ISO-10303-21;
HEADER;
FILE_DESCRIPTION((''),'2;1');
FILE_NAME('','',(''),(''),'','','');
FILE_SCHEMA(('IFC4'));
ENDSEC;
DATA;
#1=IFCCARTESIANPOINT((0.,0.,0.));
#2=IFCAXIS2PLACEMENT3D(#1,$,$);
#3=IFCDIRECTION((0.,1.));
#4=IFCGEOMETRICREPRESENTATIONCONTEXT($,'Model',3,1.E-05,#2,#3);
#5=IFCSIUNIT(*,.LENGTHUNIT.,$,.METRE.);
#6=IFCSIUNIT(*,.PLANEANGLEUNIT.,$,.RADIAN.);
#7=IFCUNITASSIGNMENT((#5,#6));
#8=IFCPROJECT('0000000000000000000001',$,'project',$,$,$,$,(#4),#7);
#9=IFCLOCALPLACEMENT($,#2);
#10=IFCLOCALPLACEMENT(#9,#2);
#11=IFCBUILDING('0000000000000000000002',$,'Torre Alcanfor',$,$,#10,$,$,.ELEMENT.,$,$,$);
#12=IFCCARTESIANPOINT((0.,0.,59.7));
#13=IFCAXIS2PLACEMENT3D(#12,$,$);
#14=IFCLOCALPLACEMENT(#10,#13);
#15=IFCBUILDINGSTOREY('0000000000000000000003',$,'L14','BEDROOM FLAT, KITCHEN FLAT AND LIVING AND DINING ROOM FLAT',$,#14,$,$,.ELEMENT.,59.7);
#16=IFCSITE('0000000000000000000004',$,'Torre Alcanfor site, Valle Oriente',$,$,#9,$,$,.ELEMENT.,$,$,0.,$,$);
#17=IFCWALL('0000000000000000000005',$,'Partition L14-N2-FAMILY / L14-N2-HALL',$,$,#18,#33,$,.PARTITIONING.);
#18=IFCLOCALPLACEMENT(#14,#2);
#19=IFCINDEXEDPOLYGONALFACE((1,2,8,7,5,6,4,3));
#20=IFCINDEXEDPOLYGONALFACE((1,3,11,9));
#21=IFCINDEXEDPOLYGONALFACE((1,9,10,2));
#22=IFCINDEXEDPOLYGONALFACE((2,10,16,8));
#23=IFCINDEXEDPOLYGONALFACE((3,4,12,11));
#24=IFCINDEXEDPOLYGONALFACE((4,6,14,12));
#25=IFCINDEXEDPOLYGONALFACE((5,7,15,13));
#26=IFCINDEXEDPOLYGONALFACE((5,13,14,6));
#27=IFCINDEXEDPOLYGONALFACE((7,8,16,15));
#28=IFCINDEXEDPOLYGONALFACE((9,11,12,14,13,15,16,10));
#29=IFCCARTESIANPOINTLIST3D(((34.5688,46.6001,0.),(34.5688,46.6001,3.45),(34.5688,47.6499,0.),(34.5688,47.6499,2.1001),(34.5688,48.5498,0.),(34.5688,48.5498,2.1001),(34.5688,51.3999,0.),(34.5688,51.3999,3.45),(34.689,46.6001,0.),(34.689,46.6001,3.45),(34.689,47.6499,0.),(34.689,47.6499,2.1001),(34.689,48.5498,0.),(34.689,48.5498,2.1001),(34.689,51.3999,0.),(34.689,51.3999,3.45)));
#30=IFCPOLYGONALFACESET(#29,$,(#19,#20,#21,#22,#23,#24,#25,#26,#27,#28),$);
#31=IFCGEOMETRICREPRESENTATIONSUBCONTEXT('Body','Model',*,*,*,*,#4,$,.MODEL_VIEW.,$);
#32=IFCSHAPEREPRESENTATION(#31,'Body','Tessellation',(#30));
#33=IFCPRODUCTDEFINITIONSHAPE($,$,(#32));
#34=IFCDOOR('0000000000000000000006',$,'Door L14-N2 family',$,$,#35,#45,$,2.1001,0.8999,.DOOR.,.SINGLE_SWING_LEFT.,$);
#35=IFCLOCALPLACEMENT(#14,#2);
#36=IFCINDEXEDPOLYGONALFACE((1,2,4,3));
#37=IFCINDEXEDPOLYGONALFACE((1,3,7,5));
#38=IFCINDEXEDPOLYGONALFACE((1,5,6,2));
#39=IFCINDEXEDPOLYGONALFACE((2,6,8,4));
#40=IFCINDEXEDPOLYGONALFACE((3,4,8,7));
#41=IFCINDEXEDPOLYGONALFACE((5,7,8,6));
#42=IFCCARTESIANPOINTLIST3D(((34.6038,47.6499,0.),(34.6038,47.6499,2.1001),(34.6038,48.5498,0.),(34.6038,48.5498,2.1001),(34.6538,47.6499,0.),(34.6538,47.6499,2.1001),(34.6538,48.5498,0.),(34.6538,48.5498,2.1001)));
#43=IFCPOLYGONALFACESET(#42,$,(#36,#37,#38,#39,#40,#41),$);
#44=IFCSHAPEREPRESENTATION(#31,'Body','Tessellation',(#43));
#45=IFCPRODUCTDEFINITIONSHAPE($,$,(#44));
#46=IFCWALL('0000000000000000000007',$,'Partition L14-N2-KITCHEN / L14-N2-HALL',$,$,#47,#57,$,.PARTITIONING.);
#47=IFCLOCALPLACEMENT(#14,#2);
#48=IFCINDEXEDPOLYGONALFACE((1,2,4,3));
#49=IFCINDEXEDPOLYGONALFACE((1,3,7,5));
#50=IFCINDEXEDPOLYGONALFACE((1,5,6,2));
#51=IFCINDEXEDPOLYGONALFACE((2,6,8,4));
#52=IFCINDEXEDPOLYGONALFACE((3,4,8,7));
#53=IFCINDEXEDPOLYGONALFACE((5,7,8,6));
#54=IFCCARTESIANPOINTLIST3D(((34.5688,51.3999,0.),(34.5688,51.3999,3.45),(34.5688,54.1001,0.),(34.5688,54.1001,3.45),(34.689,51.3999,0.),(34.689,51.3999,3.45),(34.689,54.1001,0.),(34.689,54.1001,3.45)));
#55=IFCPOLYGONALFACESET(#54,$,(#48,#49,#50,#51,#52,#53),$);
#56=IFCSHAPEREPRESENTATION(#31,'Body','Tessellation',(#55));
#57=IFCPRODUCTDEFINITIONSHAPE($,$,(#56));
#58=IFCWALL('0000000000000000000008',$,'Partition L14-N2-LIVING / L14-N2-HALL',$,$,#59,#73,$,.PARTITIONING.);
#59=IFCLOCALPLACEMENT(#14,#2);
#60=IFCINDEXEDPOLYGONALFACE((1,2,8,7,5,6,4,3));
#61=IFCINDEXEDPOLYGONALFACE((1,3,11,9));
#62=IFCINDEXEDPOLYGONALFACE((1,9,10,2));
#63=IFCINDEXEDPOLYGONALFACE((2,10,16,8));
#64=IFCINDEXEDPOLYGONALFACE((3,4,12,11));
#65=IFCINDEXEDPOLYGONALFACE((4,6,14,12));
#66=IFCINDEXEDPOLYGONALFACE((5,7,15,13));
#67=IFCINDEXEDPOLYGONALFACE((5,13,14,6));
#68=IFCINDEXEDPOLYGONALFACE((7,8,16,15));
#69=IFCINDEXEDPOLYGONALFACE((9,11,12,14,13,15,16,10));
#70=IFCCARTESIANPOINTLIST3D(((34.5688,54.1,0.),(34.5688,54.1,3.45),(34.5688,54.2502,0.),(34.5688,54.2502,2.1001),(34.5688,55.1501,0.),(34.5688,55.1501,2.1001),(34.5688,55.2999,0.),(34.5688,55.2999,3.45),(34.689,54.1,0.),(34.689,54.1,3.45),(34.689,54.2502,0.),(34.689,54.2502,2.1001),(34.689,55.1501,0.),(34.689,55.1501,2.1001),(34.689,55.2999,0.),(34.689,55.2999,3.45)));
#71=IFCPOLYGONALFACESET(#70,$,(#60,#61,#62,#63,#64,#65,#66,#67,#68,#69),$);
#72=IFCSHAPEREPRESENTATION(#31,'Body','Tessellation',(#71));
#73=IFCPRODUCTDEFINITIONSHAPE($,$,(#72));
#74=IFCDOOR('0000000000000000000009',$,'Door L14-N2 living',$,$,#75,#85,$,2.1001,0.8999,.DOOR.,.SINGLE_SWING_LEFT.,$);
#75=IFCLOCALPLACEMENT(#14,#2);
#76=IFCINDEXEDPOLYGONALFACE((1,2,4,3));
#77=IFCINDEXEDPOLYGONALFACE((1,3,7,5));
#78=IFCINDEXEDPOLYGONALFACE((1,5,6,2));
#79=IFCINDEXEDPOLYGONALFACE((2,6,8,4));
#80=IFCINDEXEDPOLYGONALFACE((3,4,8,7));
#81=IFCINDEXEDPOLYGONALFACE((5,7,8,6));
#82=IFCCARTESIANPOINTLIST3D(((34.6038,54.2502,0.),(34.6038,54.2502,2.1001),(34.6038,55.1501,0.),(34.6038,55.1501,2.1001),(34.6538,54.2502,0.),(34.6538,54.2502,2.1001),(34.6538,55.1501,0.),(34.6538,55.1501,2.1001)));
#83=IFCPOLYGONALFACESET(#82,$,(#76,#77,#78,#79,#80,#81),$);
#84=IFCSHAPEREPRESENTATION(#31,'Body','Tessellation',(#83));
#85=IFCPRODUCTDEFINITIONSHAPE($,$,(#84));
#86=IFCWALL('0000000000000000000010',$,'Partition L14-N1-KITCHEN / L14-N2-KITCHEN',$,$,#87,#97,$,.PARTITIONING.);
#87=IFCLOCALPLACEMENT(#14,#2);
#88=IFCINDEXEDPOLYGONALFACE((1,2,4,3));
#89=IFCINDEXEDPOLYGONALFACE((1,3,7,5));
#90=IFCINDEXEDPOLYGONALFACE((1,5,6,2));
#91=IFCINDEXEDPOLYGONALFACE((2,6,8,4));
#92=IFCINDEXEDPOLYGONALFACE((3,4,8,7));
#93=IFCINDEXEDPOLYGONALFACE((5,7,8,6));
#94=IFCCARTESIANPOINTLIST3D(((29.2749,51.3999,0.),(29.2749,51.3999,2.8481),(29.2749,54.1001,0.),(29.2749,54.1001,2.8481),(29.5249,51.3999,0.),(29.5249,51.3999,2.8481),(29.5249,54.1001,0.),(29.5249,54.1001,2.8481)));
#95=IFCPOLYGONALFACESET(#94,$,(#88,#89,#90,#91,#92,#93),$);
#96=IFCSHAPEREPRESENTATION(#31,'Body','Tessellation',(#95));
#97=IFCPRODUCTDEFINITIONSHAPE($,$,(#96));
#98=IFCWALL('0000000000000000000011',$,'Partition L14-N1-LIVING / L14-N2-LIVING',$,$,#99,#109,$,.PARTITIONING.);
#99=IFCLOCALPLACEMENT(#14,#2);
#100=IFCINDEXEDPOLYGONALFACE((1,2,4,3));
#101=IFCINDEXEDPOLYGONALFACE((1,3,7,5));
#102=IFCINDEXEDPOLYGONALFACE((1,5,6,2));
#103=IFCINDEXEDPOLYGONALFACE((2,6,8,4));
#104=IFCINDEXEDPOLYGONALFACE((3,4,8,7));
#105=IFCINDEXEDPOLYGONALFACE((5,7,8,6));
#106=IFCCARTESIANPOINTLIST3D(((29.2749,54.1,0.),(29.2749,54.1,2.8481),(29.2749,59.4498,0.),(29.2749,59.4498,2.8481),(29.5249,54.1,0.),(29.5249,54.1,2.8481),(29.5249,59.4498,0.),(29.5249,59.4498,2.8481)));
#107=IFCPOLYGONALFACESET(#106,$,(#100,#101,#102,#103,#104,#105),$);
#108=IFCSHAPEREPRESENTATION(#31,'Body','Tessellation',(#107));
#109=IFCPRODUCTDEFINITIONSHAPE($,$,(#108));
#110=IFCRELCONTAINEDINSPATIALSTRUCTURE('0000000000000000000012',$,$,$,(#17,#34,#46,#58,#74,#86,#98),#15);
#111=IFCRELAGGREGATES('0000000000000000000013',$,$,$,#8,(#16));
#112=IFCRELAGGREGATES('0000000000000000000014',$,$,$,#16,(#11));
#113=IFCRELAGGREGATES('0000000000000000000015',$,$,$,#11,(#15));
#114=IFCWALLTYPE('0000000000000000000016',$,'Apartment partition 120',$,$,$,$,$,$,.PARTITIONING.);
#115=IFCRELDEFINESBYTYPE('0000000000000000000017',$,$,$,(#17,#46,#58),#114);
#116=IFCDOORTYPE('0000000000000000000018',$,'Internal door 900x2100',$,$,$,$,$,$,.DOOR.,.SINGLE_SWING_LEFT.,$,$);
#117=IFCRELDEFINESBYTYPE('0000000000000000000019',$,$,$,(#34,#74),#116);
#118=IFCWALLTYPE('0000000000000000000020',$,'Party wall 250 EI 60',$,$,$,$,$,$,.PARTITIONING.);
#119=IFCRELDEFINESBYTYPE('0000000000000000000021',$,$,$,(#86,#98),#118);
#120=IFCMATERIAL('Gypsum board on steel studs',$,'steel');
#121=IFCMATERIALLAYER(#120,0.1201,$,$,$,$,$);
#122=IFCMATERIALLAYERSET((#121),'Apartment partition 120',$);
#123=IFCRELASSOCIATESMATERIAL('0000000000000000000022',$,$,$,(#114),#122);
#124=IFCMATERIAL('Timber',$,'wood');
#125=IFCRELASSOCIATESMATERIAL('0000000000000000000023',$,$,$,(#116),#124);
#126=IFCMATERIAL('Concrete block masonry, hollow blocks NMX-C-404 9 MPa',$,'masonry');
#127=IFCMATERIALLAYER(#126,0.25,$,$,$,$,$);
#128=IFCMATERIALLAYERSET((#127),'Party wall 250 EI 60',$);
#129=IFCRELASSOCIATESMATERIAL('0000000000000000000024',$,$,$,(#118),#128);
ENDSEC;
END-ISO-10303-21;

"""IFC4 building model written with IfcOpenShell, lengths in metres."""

from ifc_helpers import new_model, si_unit, direction, frame, frame_2d, origin, place, context, subcontext, project, spatial, rectangle, extrude, material, layer, layer_set, type_object, element, fill, save


model = new_model("IFC4")

# Units and contexts
model_context = context("Model", 3, precision=1e-05, world=origin(), true_north=direction((0.0, 1.0)))
body_context = subcontext(model_context, "Body", "Model", "MODEL_VIEW")
ifc_project = project(units=[si_unit("LENGTHUNIT", "METRE"), si_unit("PLANEANGLEUNIT", "RADIAN")], contexts=[model_context])

# Site, building, storey
site_placement = place(None, origin())
site = spatial("IfcSite", under=ifc_project, at=site_placement, Name="Torre Alcanfor site, Valle Oriente", CompositionType="ELEMENT", RefElevation=0.0)
building_placement = place(site_placement, origin())
building = spatial("IfcBuilding", under=site, at=building_placement, Name="Torre Alcanfor", CompositionType="ELEMENT")
storey_placement = place(building_placement, frame((0.0, 0.0, 59.7)))
storey = spatial("IfcBuildingStorey", under=building, at=storey_placement, Name="L14", Description="BEDROOM FLAT, KITCHEN FLAT AND LIVING AND DINING ROOM FLAT", CompositionType="ELEMENT", Elevation=59.7)

# Shared definitions
ifc_material_1 = material(Name="Gypsum board on steel studs", Category="steel")
ifc_layer_1 = layer(ifc_material_1, 0.1201)
ifc_layer_set_1 = layer_set([ifc_layer_1], Name="Apartment partition 120")
wall_type_1 = type_object("IfcWallType", Name="Apartment partition 120", PredefinedType="PARTITIONING", material=ifc_layer_set_1)

# Wall, opening, door
wall_1_placement = place(storey_placement, frame((34.6289, 51.3999, 0.0), z_axis=(0.0, 0.0, 1.0), x_axis=(0.0, -1.0, 0.0)))
wall_1 = element("IfcWall", 1, at=wall_1_placement, inside=storey, type_object=wall_type_1, Name="Partition L14-N2-FAMILY / L14-N2-HALL", PredefinedType="PARTITIONING", context=body_context, shape_type="SweptSolid", body=[
    extrude(rectangle(XDim=4.7998, YDim=0.1201, at=frame_2d((2.3999, 0.0))), origin(), (0.0, 0.0, 1.0), 3.45),
])
opening_1_placement = place(wall_1_placement, frame((2.8501, 0.0, 0.0)))
opening_1 = element("IfcOpeningElement", 2, at=opening_1_placement, cuts=wall_1, PredefinedType="OPENING", context=body_context, shape_type="SweptSolid", body=[
    extrude(rectangle(XDim=0.8999, YDim=2.1001, at=frame_2d((0.45, 1.05))), frame((0.0, 0.0701, 0.0), z_axis=(0.0, -1.0, 0.0), x_axis=(1.0, 0.0, 0.0)), (0.0, 0.0, 1.0), 0.1401),
])
ifc_material_2 = material(Name="Timber", Category="wood")
door_type = type_object("IfcDoorType", Name="Internal door 900x2100", OperationType="SINGLE_SWING_LEFT", PredefinedType="DOOR", material=ifc_material_2)
door_1_placement = place(opening_1_placement, frame((0.8999, 0.0, 0.0), z_axis=(0.0, 0.0, 1.0), x_axis=(-1.0, 0.0, 0.0)))
door_1 = element("IfcDoor", 3, at=door_1_placement, inside=storey, type_object=door_type, Name="Door L14-N2 family", OperationType="SINGLE_SWING_LEFT", OverallHeight=2.1001, OverallWidth=0.8999, PredefinedType="DOOR", context=body_context, shape_type="SweptSolid", body=[
    extrude(rectangle(XDim=0.8999, YDim=2.1001, at=frame_2d((0.45, 1.05))), frame((0.0, 0.0251, 0.0), z_axis=(0.0, -1.0, 0.0), x_axis=(1.0, 0.0, 0.0)), (0.0, 0.0, 1.0), 0.05),
])
fill(opening_1, door_1)

# Wall
wall_2_placement = place(storey_placement, frame((34.6289, 54.1001, 0.0), z_axis=(0.0, 0.0, 1.0), x_axis=(0.0, -1.0, 0.0)))
element("IfcWall", 4, at=wall_2_placement, inside=storey, type_object=wall_type_1, Name="Partition L14-N2-KITCHEN / L14-N2-HALL", PredefinedType="PARTITIONING", context=body_context, shape_type="SweptSolid", body=[
    extrude(rectangle(XDim=2.7002, YDim=0.1201, at=frame_2d((1.3501, 0.0))), origin(), (0.0, 0.0, 1.0), 3.45),
])

# Wall, opening, door
wall_3_placement = place(storey_placement, frame((34.6289, 55.3, 0.0), z_axis=(0.0, 0.0, 1.0), x_axis=(0.0, -1.0, 0.0)))
wall_3 = element("IfcWall", 5, at=wall_3_placement, inside=storey, type_object=wall_type_1, Name="Partition L14-N2-LIVING / L14-N2-HALL", PredefinedType="PARTITIONING", context=body_context, shape_type="SweptSolid", body=[
    extrude(rectangle(XDim=1.2, YDim=0.1201, at=frame_2d((0.6001, 0.0))), origin(), (0.0, 0.0, 1.0), 3.45),
])
opening_2_placement = place(wall_3_placement, frame((0.1499, 0.0, 0.0)))
opening_2 = element("IfcOpeningElement", 6, at=opening_2_placement, cuts=wall_3, PredefinedType="OPENING", context=body_context, shape_type="SweptSolid", body=[
    extrude(rectangle(XDim=0.8999, YDim=2.1001, at=frame_2d((0.45, 1.05))), frame((0.0, 0.0701, 0.0), z_axis=(0.0, -1.0, 0.0), x_axis=(1.0, 0.0, 0.0)), (0.0, 0.0, 1.0), 0.1401),
])
door_2_placement = place(opening_2_placement, frame((0.8999, 0.0, 0.0), z_axis=(0.0, 0.0, 1.0), x_axis=(-1.0, 0.0, 0.0)))
door_2 = element("IfcDoor", 7, at=door_2_placement, inside=storey, type_object=door_type, Name="Door L14-N2 living", OperationType="SINGLE_SWING_LEFT", OverallHeight=2.1001, OverallWidth=0.8999, PredefinedType="DOOR", context=body_context, shape_type="SweptSolid", body=[
    extrude(rectangle(XDim=0.8999, YDim=2.1001, at=frame_2d((0.45, 1.05))), frame((0.0, 0.0251, 0.0), z_axis=(0.0, -1.0, 0.0), x_axis=(1.0, 0.0, 0.0)), (0.0, 0.0, 1.0), 0.05),
])
fill(opening_2, door_2)

# Walls
ifc_material_3 = material(Name="Concrete block masonry, hollow blocks NMX-C-404 9 MPa", Category="masonry")
ifc_layer_2 = layer(ifc_material_3, 0.25)
ifc_layer_set_2 = layer_set([ifc_layer_2], Name="Party wall 250 EI 60")
wall_type_2 = type_object("IfcWallType", Name="Party wall 250 EI 60", PredefinedType="PARTITIONING", material=ifc_layer_set_2)
wall_4_placement = place(storey_placement, frame((29.3999, 51.3999, 0.0), z_axis=(0.0, 0.0, 1.0), x_axis=(0.0, 1.0, 0.0)))
element("IfcWall", 8, at=wall_4_placement, inside=storey, type_object=wall_type_2, Name="Partition L14-N1-KITCHEN / L14-N2-KITCHEN", PredefinedType="PARTITIONING", context=body_context, shape_type="SweptSolid", body=[
    extrude(rectangle(XDim=2.7002, YDim=0.25, at=frame_2d((1.3501, 0.0))), origin(), (0.0, 0.0, 1.0), 2.8481),
])
wall_5_placement = place(storey_placement, frame((29.3999, 54.1001, 0.0), z_axis=(0.0, 0.0, 1.0), x_axis=(0.0, 1.0, 0.0)))
element("IfcWall", 9, at=wall_5_placement, inside=storey, type_object=wall_type_2, Name="Partition L14-N1-LIVING / L14-N2-LIVING", PredefinedType="PARTITIONING", context=body_context, shape_type="SweptSolid", body=[
    extrude(rectangle(XDim=5.3499, YDim=0.25, at=frame_2d((2.6748, 0.0))), origin(), (0.0, 0.0, 1.0), 2.8481),
])

save(model, "model.ifc")
